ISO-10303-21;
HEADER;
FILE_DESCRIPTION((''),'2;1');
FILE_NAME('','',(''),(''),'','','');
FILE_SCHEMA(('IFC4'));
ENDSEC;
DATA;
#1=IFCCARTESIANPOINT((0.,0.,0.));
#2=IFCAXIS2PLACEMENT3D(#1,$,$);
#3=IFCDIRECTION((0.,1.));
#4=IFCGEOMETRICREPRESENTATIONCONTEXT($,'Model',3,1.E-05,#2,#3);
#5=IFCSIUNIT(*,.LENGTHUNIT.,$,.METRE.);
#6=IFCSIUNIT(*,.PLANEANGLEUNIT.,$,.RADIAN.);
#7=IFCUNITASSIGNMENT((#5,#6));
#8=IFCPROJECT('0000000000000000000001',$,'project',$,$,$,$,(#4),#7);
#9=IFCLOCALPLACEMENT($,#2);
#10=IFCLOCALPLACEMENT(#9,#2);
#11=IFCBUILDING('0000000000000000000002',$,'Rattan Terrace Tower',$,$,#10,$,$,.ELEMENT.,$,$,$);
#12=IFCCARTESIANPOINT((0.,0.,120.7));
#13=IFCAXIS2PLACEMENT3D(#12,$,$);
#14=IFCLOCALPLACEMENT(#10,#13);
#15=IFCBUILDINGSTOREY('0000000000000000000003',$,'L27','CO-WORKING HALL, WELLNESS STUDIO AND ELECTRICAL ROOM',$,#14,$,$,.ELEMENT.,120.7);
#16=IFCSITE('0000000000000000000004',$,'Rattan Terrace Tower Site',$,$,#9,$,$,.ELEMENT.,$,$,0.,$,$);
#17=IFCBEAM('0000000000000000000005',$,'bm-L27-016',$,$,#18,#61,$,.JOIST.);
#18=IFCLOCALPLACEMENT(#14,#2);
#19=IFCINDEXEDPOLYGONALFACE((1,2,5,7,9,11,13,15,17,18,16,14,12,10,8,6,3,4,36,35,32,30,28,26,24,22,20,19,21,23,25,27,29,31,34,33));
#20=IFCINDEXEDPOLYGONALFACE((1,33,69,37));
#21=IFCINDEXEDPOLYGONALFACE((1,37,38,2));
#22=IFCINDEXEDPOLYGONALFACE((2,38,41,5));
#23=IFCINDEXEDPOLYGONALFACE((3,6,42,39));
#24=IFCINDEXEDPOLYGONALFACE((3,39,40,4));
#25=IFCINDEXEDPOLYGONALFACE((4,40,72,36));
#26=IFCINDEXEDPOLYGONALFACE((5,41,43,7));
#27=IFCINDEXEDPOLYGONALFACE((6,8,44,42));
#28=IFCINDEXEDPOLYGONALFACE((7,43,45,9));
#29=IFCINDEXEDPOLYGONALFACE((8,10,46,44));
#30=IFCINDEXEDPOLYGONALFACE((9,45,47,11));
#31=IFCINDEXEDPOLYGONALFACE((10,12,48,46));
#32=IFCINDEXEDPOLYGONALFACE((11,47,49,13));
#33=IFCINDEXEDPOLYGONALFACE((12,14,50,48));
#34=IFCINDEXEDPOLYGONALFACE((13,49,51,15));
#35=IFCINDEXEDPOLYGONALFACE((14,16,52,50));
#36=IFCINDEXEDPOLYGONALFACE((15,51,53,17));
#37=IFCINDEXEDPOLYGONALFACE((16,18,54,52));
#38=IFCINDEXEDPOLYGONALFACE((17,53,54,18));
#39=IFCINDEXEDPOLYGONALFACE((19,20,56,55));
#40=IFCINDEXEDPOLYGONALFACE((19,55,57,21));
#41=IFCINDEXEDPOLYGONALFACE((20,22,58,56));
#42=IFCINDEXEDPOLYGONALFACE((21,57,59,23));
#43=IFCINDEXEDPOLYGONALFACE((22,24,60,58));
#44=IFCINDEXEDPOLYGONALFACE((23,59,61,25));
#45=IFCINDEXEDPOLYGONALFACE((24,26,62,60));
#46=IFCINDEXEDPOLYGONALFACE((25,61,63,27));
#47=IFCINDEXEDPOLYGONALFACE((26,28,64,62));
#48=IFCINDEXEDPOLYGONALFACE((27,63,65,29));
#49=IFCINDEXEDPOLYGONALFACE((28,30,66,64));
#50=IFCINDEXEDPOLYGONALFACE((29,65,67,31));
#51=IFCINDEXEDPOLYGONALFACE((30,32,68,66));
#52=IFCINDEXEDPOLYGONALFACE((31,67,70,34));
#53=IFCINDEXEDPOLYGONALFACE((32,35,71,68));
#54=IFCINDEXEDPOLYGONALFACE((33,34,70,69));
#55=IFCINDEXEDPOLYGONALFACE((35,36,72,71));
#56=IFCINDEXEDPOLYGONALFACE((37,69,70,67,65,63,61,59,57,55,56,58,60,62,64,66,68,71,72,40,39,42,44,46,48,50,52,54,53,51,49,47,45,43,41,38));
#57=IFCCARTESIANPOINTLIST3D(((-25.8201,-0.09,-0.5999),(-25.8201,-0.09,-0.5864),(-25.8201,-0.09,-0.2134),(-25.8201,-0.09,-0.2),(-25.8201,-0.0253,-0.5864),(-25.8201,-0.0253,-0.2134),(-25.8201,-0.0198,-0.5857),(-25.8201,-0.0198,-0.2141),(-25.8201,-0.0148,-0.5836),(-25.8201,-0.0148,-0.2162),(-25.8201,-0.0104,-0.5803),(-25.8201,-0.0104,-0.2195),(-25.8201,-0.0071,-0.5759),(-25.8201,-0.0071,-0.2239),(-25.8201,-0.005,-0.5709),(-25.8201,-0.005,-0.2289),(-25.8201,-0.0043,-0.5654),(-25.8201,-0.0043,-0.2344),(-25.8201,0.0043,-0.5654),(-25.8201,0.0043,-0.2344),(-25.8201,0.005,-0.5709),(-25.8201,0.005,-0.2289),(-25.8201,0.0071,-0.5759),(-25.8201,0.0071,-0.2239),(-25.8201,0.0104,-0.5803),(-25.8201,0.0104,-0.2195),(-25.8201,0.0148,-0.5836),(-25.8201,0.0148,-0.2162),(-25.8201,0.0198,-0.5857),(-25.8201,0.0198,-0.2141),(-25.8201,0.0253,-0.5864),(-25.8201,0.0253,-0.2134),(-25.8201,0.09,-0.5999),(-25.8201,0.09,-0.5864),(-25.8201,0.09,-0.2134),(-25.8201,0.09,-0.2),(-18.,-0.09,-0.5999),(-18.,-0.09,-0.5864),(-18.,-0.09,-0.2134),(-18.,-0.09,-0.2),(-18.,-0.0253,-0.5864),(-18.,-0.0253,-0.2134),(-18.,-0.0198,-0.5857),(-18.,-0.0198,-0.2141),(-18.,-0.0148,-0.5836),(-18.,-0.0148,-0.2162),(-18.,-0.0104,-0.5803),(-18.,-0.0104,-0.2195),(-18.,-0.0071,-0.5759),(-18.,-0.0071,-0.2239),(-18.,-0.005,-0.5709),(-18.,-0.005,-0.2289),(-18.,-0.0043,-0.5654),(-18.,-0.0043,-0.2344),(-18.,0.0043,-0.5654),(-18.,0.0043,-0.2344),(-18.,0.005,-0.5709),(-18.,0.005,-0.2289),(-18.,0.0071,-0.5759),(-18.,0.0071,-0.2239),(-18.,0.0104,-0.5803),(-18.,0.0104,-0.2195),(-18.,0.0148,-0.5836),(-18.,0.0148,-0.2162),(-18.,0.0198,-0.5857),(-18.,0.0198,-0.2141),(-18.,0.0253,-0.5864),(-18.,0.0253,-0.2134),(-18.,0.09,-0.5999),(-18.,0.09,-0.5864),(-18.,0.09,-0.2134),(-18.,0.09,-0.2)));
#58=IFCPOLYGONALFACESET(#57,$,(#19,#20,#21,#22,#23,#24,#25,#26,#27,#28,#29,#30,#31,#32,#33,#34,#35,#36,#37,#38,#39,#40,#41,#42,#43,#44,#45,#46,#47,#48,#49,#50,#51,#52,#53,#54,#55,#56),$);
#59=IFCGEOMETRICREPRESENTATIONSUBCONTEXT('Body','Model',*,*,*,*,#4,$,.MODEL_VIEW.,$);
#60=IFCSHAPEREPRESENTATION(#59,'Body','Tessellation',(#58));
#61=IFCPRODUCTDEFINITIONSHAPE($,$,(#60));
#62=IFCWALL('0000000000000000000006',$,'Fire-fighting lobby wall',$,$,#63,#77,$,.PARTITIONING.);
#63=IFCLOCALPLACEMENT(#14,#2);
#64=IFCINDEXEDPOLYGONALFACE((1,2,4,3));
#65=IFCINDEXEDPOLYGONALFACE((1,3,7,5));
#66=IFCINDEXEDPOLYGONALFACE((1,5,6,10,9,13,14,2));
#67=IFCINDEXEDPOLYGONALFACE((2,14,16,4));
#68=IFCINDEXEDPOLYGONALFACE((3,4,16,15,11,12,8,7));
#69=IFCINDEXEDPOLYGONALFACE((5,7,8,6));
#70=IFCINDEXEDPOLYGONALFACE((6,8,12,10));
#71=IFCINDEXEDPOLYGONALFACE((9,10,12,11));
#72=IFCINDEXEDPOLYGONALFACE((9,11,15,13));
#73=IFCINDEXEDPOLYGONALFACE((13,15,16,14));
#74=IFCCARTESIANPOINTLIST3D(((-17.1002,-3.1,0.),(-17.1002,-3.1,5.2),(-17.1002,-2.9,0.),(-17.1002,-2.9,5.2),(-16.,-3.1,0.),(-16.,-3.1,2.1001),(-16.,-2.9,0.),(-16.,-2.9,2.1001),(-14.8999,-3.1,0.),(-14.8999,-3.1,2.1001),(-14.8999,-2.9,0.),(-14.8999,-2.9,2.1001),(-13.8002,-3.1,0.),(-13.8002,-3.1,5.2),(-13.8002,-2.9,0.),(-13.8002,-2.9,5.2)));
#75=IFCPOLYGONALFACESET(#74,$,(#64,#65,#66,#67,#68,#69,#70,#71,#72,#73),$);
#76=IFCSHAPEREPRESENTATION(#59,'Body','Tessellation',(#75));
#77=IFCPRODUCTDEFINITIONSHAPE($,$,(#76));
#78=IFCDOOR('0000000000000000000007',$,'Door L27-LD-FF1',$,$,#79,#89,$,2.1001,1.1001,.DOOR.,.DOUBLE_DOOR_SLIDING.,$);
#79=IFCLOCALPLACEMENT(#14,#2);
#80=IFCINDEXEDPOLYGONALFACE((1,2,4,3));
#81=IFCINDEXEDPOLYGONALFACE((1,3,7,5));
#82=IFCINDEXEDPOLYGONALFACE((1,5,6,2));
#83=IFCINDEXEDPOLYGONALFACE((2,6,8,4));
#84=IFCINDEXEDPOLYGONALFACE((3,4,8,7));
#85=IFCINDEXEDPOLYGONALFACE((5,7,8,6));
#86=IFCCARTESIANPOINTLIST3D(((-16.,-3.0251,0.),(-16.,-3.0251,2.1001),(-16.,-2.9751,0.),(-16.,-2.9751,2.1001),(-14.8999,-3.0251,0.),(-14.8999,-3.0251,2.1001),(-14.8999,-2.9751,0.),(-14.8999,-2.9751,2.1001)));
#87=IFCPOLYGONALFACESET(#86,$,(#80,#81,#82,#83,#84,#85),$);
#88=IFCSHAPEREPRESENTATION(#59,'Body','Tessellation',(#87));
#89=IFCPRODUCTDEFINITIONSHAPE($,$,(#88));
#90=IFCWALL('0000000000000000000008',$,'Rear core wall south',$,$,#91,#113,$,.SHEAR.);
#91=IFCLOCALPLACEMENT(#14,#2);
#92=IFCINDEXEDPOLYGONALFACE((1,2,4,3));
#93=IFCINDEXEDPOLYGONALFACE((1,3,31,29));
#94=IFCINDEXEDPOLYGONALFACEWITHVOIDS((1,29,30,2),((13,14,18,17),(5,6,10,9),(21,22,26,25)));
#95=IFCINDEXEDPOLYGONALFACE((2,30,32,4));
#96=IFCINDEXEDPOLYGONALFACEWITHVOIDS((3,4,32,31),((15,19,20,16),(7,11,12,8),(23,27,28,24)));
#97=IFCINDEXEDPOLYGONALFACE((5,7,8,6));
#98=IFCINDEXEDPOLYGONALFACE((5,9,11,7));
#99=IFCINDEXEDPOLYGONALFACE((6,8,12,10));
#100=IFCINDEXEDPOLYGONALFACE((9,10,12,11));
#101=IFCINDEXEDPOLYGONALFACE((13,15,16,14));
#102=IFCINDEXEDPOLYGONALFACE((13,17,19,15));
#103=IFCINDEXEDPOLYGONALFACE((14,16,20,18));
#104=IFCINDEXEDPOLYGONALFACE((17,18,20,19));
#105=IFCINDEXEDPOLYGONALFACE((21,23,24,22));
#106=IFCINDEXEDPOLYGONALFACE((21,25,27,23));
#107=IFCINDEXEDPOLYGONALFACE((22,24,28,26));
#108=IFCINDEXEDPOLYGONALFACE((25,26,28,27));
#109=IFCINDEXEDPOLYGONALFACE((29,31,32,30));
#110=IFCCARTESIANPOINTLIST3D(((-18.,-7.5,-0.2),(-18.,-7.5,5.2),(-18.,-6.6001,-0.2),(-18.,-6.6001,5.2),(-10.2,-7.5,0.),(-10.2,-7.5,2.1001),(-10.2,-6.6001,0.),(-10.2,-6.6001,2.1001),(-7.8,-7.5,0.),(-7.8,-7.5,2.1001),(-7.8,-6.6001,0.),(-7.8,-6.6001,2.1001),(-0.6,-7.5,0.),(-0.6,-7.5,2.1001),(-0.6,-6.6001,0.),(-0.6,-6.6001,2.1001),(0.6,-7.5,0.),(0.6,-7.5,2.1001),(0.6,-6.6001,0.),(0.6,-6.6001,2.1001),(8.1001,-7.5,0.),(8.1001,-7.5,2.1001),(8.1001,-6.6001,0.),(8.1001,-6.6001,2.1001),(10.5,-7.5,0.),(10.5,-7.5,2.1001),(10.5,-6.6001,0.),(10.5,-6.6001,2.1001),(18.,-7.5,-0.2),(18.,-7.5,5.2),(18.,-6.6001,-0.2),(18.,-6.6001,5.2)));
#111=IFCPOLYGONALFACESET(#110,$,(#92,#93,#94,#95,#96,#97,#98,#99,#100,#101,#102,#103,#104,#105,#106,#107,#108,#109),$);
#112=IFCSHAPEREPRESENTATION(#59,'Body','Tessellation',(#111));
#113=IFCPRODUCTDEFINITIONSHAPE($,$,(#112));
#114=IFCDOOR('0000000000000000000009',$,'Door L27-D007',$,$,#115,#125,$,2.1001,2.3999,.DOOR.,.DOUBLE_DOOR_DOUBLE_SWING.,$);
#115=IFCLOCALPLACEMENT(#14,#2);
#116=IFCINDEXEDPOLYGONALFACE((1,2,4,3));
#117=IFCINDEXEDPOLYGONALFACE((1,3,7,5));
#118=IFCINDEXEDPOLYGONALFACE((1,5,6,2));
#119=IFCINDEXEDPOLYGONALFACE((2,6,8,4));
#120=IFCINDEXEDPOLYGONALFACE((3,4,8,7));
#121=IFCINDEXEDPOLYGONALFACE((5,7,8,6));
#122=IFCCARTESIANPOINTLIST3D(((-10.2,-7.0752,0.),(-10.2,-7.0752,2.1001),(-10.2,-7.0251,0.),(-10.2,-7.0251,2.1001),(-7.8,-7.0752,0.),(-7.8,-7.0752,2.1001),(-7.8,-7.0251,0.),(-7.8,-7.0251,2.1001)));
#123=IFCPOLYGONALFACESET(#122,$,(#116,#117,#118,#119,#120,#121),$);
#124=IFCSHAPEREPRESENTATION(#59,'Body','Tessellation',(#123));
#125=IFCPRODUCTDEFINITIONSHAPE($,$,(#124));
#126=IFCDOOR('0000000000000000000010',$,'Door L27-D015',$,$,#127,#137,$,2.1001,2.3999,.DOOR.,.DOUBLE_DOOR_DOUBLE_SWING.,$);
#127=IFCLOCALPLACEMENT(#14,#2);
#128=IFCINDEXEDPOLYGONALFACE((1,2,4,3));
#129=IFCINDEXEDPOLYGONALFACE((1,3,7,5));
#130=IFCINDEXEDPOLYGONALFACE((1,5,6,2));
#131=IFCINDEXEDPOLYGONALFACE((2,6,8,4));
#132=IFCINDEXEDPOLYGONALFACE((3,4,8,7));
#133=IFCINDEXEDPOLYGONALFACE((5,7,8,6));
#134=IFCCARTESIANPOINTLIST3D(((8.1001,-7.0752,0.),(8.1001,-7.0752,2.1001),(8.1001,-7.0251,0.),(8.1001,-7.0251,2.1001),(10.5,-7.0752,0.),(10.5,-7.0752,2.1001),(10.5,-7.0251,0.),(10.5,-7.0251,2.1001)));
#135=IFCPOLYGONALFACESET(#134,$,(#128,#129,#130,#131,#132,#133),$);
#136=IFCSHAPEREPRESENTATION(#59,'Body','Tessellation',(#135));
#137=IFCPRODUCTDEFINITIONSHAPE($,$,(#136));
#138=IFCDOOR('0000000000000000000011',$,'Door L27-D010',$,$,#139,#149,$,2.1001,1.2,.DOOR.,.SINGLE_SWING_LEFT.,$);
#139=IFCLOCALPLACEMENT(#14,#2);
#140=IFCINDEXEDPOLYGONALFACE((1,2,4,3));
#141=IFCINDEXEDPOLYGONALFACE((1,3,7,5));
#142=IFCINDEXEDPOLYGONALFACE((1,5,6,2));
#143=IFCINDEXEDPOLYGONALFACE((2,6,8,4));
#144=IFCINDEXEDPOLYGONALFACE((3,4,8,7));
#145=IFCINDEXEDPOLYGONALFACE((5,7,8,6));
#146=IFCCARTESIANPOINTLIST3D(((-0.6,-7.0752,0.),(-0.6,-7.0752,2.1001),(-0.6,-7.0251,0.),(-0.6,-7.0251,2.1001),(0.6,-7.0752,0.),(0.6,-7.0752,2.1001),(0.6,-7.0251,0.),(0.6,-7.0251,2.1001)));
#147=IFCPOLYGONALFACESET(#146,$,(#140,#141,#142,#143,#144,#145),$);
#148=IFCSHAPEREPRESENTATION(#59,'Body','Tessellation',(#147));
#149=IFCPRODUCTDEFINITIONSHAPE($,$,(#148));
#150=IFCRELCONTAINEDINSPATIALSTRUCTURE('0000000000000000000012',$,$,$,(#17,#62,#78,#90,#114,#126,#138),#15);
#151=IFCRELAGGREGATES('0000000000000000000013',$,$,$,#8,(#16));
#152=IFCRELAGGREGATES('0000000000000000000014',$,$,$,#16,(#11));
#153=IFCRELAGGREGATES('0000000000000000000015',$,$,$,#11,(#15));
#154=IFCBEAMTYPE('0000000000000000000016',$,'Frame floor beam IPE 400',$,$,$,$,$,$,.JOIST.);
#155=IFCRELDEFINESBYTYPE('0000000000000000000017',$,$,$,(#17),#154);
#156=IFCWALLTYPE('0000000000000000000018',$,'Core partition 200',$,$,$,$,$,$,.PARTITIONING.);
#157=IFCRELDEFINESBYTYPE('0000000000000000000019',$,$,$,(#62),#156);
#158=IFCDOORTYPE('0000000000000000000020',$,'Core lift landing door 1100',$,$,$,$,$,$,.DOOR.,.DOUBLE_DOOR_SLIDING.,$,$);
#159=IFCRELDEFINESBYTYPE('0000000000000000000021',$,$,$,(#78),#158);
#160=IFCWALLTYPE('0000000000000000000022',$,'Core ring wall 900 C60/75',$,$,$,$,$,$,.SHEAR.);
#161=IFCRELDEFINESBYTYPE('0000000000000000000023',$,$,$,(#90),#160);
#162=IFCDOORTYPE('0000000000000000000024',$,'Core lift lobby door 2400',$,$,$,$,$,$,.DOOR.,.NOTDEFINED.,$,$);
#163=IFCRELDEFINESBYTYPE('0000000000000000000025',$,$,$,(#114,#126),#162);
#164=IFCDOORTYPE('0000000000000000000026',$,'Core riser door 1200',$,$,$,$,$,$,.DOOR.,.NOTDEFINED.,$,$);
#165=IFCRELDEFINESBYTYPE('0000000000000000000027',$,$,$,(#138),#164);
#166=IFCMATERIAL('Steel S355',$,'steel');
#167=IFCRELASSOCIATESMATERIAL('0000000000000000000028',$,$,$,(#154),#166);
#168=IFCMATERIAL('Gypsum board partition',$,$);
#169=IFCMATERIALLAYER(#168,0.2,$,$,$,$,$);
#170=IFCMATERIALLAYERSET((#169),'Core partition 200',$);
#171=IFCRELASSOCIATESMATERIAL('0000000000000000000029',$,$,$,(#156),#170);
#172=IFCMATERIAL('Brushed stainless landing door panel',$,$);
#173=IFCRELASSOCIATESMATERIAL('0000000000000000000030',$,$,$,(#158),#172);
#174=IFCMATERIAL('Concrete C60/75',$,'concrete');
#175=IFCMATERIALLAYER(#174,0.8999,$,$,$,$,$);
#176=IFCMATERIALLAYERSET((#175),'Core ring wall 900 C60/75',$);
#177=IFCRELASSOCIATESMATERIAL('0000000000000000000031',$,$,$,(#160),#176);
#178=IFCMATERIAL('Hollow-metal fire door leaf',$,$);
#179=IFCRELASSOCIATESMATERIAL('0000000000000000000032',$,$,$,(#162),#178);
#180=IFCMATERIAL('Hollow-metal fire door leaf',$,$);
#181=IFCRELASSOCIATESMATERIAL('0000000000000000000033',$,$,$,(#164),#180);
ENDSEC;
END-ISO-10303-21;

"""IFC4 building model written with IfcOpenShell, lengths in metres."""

from ifc_helpers import new_model, si_unit, direction, frame, frame_2d, origin, origin_2d, place, context, subcontext, project, spatial, rectangle, i_section, extrude, material, layer, layer_set, material_profile, profile_set, type_object, element, fill, save


model = new_model("IFC4")

# Units and contexts
model_context = context("Model", 3, precision=1e-05, world=origin(), true_north=direction((0.0, 1.0)))
body_context = subcontext(model_context, "Body", "Model", "MODEL_VIEW")
ifc_project = project(units=[si_unit("LENGTHUNIT", "METRE"), si_unit("PLANEANGLEUNIT", "RADIAN")], contexts=[model_context])

# Site, building, storey
site_placement = place(None, origin())
site = spatial("IfcSite", under=ifc_project, at=site_placement, Name="Rattan Terrace Tower Site", CompositionType="ELEMENT", RefElevation=0.0)
building_placement = place(site_placement, origin())
building = spatial("IfcBuilding", under=site, at=building_placement, Name="Rattan Terrace Tower", CompositionType="ELEMENT")
storey_placement = place(building_placement, frame((0.0, 0.0, 120.7)))
storey = spatial("IfcBuildingStorey", under=building, at=storey_placement, Name="L27", Description="CO-WORKING HALL, WELLNESS STUDIO AND ELECTRICAL ROOM", CompositionType="ELEMENT", Elevation=120.7)

# Beam
ifc_material_1 = material(Name="Steel S355", Category="steel")
ifc_material_profile_1 = material_profile(ifc_material_1, i_section(OverallWidth=0.1799, OverallDepth=0.3999, WebThickness=0.0085, FlangeThickness=0.0134, FilletRadius=0.021, at=origin_2d()), Name="IPE 400")
ifc_profile_set_1 = profile_set([ifc_material_profile_1], Name="Steel S355")
beam_type_1 = type_object("IfcBeamType", Name="Frame floor beam IPE 400", PredefinedType="JOIST", material=ifc_profile_set_1)
for number, where, z_axis, x_axis, name in (
    (1, (-25.8201, 0.0, -0.3999), (1.0, 0.0, 0.0), (0.0, 1.0, 0.0), "bm-L27-016"),
):
    element("IfcBeam", number, at=place(storey_placement, frame(where, z_axis=z_axis, x_axis=x_axis)), inside=storey, type_object=beam_type_1, Name=name, PredefinedType="JOIST", context=body_context, shape_type="SweptSolid", body=[
        extrude(i_section(OverallWidth=0.1799, OverallDepth=0.3999, WebThickness=0.0085, FlangeThickness=0.0134, FilletRadius=0.021, at=origin_2d()), origin(), (0.0, 0.0, 1.0), 7.8201),
    ])

# Wall, opening, door
ifc_material_2 = material(Name="Gypsum board partition")
ifc_layer_1 = layer(ifc_material_2, 0.2)
ifc_layer_set_1 = layer_set([ifc_layer_1], Name="Core partition 200")
wall_type_1 = type_object("IfcWallType", Name="Core partition 200", PredefinedType="PARTITIONING", material=ifc_layer_set_1)
wall_1_placement = place(storey_placement, frame((-17.1001, -3.0, 0.0), z_axis=(0.0, 0.0, 1.0), x_axis=(1.0, 0.0, 0.0)))
wall_1 = element("IfcWall", 2, at=wall_1_placement, inside=storey, type_object=wall_type_1, Name="Fire-fighting lobby wall", PredefinedType="PARTITIONING", context=body_context, shape_type="SweptSolid", body=[
    extrude(rectangle(XDim=3.3, YDim=0.2, at=frame_2d((1.6499, 0.0))), origin(), (0.0, 0.0, 1.0), 5.2),
])
opening_1_placement = place(wall_1_placement, frame((1.1001, 0.0, 0.0)))
opening_1 = element("IfcOpeningElement", 3, at=opening_1_placement, cuts=wall_1, PredefinedType="OPENING", context=body_context, shape_type="SweptSolid", body=[
    extrude(rectangle(XDim=1.1001, YDim=2.1001, at=frame_2d((0.55, 1.05))), frame((0.0, 0.1106, 0.0), z_axis=(0.0, -1.0, 0.0), x_axis=(1.0, 0.0, 0.0)), (0.0, 0.0, 1.0), 0.2209),
])
ifc_material_3 = material(Name="Brushed stainless landing door panel")
door_type_1 = type_object("IfcDoorType", Name="Core lift landing door 1100", OperationType="DOUBLE_DOOR_SLIDING", PredefinedType="DOOR", material=ifc_material_3)
door_1_placement = place(opening_1_placement, origin())
door_1 = element("IfcDoor", 4, at=door_1_placement, inside=storey, type_object=door_type_1, Name="Door L27-LD-FF1", OperationType="DOUBLE_DOOR_SLIDING", OverallHeight=2.1001, OverallWidth=1.1001, PredefinedType="DOOR", context=body_context, shape_type="SweptSolid", body=[
    extrude(rectangle(XDim=1.1001, YDim=2.1001, at=frame_2d((0.55, 1.05))), frame((0.0, 0.0249, 0.0), z_axis=(0.0, -1.0, 0.0), x_axis=(1.0, 0.0, 0.0)), (0.0, 0.0, 1.0), 0.05),
])
fill(opening_1, door_1)

# Wall, openings, doors
ifc_material_4 = material(Name="Concrete C60/75", Category="concrete")
ifc_layer_2 = layer(ifc_material_4, 0.8999)
ifc_layer_set_2 = layer_set([ifc_layer_2], Name="Core ring wall 900 C60/75")
wall_type_2 = type_object("IfcWallType", Name="Core ring wall 900 C60/75", PredefinedType="SHEAR", material=ifc_layer_set_2)
wall_2_placement = place(storey_placement, frame((-18.0, -7.05, -0.2), z_axis=(0.0, 0.0, 1.0), x_axis=(1.0, 0.0, 0.0)))
wall_2 = element("IfcWall", 5, at=wall_2_placement, inside=storey, type_object=wall_type_2, Name="Rear core wall south", PredefinedType="SHEAR", context=body_context, shape_type="SweptSolid", body=[
    extrude(rectangle(XDim=36.0, YDim=0.8999, at=frame_2d((18.0, 0.0))), origin(), (0.0, 0.0, 1.0), 5.3999),
])
opening_2_placement = place(wall_2_placement, frame((7.8, 0.0, 0.2)))
opening_2 = element("IfcOpeningElement", 6, at=opening_2_placement, cuts=wall_2, PredefinedType="OPENING", context=body_context, shape_type="SweptSolid", body=[
    extrude(rectangle(XDim=2.3999, YDim=2.1001, at=frame_2d((1.2, 1.05))), frame((0.0, 0.4604, 0.0), z_axis=(0.0, -1.0, 0.0), x_axis=(1.0, 0.0, 0.0)), (0.0, 0.0, 1.0), 0.9209),
])
opening_3_placement = place(wall_2_placement, frame((17.3999, 0.0, 0.2)))
opening_3 = element("IfcOpeningElement", 7, at=opening_3_placement, cuts=wall_2, PredefinedType="OPENING", context=body_context, shape_type="SweptSolid", body=[
    extrude(rectangle(XDim=1.2, YDim=2.1001, at=frame_2d((0.6001, 1.05))), frame((0.0, 0.4604, 0.0), z_axis=(0.0, -1.0, 0.0), x_axis=(1.0, 0.0, 0.0)), (0.0, 0.0, 1.0), 0.9209),
])
opening_4_placement = place(wall_2_placement, frame((26.1001, 0.0, 0.2)))
opening_4 = element("IfcOpeningElement", 8, at=opening_4_placement, cuts=wall_2, PredefinedType="OPENING", context=body_context, shape_type="SweptSolid", body=[
    extrude(rectangle(XDim=2.3999, YDim=2.1001, at=frame_2d((1.2, 1.05))), frame((0.0, 0.4604, 0.0), z_axis=(0.0, -1.0, 0.0), x_axis=(1.0, 0.0, 0.0)), (0.0, 0.0, 1.0), 0.9209),
])
ifc_material_5 = material(Name="Hollow-metal fire door leaf")
door_type_2 = type_object("IfcDoorType", Name="Core lift lobby door 2400", OperationType="NOTDEFINED", PredefinedType="DOOR", material=ifc_material_5)
door_2_placement = place(opening_2_placement, origin())
door_2 = element("IfcDoor", 9, at=door_2_placement, inside=storey, type_object=door_type_2, Name="Door L27-D007", OperationType="DOUBLE_DOOR_DOUBLE_SWING", OverallHeight=2.1001, OverallWidth=2.3999, PredefinedType="DOOR", context=body_context, shape_type="SweptSolid", body=[
    extrude(rectangle(XDim=2.3999, YDim=2.1001, at=frame_2d((1.2, 1.05))), frame((0.0, 0.0249, 0.0), z_axis=(0.0, -1.0, 0.0), x_axis=(1.0, 0.0, 0.0)), (0.0, 0.0, 1.0), 0.05),
])
fill(opening_2, door_2)
door_3_placement = place(opening_4_placement, origin())
door_3 = element("IfcDoor", 10, at=door_3_placement, inside=storey, type_object=door_type_2, Name="Door L27-D015", OperationType="DOUBLE_DOOR_DOUBLE_SWING", OverallHeight=2.1001, OverallWidth=2.3999, PredefinedType="DOOR", context=body_context, shape_type="SweptSolid", body=[
    extrude(rectangle(XDim=2.3999, YDim=2.1001, at=frame_2d((1.2, 1.05))), frame((0.0, 0.0249, 0.0), z_axis=(0.0, -1.0, 0.0), x_axis=(1.0, 0.0, 0.0)), (0.0, 0.0, 1.0), 0.05),
])
fill(opening_4, door_3)
ifc_material_6 = material(Name="Hollow-metal fire door leaf")
door_type_3 = type_object("IfcDoorType", Name="Core riser door 1200", OperationType="NOTDEFINED", PredefinedType="DOOR", material=ifc_material_6)
door_4_placement = place(opening_3_placement, origin())
door_4 = element("IfcDoor", 11, at=door_4_placement, inside=storey, type_object=door_type_3, Name="Door L27-D010", OperationType="SINGLE_SWING_LEFT", OverallHeight=2.1001, OverallWidth=1.2, PredefinedType="DOOR", context=body_context, shape_type="SweptSolid", body=[
    extrude(rectangle(XDim=1.2, YDim=2.1001, at=frame_2d((0.6001, 1.05))), frame((0.0, 0.0249, 0.0), z_axis=(0.0, -1.0, 0.0), x_axis=(1.0, 0.0, 0.0)), (0.0, 0.0, 1.0), 0.05),
])
fill(opening_3, door_4)

save(model, "model.ifc")
